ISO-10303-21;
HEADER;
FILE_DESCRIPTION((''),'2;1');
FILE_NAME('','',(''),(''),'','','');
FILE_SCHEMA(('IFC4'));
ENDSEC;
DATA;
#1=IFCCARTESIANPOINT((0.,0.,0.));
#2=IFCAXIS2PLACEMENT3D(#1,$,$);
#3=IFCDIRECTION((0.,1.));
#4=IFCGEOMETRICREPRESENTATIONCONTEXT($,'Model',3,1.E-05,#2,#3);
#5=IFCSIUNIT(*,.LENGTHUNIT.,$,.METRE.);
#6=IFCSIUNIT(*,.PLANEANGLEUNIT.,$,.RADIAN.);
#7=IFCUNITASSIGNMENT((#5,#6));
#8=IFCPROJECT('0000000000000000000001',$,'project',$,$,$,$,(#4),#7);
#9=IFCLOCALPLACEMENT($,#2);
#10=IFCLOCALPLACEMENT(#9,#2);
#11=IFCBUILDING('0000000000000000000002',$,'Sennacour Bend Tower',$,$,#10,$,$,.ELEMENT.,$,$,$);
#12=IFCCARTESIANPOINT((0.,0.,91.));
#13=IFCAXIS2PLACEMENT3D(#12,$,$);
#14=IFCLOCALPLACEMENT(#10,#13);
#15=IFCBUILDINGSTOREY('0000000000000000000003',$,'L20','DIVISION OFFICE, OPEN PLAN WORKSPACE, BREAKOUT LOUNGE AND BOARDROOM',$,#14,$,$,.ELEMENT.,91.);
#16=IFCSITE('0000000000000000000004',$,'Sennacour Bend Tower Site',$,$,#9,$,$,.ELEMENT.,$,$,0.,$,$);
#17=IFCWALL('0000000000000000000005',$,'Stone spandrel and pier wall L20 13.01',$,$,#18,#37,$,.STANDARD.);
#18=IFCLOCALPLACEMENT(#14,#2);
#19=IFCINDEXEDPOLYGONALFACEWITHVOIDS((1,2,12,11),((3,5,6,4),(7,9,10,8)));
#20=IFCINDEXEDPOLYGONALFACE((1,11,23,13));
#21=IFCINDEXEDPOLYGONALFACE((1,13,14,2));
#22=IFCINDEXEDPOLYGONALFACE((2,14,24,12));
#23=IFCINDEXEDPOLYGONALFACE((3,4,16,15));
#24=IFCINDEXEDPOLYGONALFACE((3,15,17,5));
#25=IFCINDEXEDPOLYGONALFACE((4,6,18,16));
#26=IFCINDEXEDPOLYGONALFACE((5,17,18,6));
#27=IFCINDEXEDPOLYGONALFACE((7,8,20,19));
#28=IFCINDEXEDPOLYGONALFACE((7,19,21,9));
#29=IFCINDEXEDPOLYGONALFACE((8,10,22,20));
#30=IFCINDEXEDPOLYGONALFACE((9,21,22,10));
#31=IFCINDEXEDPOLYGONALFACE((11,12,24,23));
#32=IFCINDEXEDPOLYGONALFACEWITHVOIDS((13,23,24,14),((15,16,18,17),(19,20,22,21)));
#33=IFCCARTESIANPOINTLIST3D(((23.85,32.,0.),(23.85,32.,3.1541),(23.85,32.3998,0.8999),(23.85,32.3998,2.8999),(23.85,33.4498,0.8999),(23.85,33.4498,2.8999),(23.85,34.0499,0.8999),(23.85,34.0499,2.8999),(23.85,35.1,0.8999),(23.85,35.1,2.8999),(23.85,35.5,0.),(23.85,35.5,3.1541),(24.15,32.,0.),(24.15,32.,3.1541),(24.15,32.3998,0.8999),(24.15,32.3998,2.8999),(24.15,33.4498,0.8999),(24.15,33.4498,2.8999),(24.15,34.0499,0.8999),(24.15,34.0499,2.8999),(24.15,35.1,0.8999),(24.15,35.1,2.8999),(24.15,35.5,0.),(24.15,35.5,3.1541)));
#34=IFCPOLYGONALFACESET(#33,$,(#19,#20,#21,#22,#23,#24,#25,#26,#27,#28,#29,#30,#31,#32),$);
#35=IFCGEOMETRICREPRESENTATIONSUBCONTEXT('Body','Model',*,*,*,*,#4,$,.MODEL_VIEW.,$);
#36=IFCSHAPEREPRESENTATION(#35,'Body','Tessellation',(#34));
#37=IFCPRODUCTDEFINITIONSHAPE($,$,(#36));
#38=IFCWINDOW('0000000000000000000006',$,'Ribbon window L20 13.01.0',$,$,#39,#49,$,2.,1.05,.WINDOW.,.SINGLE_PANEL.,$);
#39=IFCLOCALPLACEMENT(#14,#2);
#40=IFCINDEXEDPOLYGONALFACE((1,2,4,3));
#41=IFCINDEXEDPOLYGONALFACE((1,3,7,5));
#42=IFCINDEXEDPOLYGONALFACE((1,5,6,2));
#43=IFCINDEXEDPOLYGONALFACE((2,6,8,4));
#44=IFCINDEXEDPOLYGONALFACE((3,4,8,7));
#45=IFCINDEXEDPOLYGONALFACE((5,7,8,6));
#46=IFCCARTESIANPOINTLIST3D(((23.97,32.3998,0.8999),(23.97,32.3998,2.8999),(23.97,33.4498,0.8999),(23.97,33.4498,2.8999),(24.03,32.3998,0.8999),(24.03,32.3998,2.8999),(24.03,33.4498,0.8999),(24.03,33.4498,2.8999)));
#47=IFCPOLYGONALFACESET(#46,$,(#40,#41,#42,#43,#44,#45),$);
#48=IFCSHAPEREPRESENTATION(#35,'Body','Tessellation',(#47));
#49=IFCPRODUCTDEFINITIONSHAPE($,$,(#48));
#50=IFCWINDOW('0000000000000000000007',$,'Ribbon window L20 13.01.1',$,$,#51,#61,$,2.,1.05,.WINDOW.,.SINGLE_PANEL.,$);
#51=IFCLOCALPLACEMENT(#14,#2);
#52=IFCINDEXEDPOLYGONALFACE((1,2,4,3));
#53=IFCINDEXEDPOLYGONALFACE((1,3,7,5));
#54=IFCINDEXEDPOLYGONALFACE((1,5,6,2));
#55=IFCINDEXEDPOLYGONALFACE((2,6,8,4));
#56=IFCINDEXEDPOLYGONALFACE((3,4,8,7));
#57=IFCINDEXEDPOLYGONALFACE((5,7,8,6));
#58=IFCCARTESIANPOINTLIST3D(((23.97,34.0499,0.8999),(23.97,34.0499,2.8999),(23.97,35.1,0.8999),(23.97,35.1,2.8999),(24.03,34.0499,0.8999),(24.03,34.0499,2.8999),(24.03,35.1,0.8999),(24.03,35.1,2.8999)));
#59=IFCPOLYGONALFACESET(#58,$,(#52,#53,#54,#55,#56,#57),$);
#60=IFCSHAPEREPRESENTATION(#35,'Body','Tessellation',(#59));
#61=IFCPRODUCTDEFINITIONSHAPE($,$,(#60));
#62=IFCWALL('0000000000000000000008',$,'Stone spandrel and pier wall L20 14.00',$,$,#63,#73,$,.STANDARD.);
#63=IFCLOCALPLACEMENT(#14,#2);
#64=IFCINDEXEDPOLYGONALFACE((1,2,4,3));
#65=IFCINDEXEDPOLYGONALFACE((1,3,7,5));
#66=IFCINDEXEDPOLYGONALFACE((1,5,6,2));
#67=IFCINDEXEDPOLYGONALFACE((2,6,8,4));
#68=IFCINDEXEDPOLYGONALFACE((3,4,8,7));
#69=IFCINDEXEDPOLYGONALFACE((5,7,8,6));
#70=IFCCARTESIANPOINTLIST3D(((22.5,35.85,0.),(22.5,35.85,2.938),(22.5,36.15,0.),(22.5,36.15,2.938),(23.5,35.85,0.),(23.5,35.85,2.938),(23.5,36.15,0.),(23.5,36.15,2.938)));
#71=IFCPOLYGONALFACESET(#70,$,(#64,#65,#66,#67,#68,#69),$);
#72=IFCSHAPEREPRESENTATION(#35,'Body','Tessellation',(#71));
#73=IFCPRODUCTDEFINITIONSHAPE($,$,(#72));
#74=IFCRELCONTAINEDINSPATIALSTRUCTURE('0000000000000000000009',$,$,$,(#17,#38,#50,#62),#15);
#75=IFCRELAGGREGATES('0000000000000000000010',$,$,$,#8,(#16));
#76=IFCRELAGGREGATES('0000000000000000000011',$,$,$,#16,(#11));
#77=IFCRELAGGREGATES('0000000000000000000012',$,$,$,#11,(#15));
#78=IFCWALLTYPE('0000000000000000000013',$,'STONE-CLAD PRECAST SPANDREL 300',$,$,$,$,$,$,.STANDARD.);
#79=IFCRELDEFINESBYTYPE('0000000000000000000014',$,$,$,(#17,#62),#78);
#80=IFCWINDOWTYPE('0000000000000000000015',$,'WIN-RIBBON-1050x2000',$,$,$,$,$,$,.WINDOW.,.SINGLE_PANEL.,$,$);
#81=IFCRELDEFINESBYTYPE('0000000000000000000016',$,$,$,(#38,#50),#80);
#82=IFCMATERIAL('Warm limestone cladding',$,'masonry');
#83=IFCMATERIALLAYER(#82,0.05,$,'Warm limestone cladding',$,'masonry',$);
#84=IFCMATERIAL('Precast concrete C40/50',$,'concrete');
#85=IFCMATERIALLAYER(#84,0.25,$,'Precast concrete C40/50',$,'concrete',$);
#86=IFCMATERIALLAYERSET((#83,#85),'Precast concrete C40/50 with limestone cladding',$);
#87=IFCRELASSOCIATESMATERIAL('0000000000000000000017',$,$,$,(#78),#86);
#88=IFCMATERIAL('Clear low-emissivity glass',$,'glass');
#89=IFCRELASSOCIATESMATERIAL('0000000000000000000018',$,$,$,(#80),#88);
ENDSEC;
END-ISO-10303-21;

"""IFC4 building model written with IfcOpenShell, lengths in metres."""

from ifc_helpers import new_model, si_unit, direction, frame, frame_2d, origin, place, context, subcontext, project, spatial, rectangle, extrude, material, layer, layer_set, type_object, element, fill, save


model = new_model("IFC4")

# Units and contexts
model_context = context("Model", 3, precision=1e-05, world=origin(), true_north=direction((0.0, 1.0)))
body_context = subcontext(model_context, "Body", "Model", "MODEL_VIEW")
ifc_project = project(units=[si_unit("LENGTHUNIT", "METRE"), si_unit("PLANEANGLEUNIT", "RADIAN")], contexts=[model_context])

# Site, building, storey
site_placement = place(None, origin())
site = spatial("IfcSite", under=ifc_project, at=site_placement, Name="Sennacour Bend Tower Site", CompositionType="ELEMENT", RefElevation=0.0)
building_placement = place(site_placement, origin())
building = spatial("IfcBuilding", under=site, at=building_placement, Name="Sennacour Bend Tower", CompositionType="ELEMENT")
storey_placement = place(building_placement, frame((0.0, 0.0, 91.0)))
storey = spatial("IfcBuildingStorey", under=building, at=storey_placement, Name="L20", Description="DIVISION OFFICE, OPEN PLAN WORKSPACE, BREAKOUT LOUNGE AND BOARDROOM", CompositionType="ELEMENT", Elevation=91.0)

# Shared definitions
ifc_material_1 = material(Name="Warm limestone cladding", Category="masonry")
ifc_layer_1 = layer(ifc_material_1, 0.05, Name="Warm limestone cladding", Category="masonry")
ifc_material_2 = material(Name="Precast concrete C40/50", Category="concrete")
ifc_layer_2 = layer(ifc_material_2, 0.25, Name="Precast concrete C40/50", Category="concrete")
ifc_layer_set_1 = layer_set([ifc_layer_1, ifc_layer_2], Name="Precast concrete C40/50 with limestone cladding")
wall_type_1 = type_object("IfcWallType", Name="STONE-CLAD PRECAST SPANDREL 300", PredefinedType="STANDARD", material=ifc_layer_set_1)

# Wall, openings, windows
ifc_material_3 = material(Name="Clear low-emissivity glass", Category="glass")
window_type_1 = type_object("IfcWindowType", Name="WIN-RIBBON-1050x2000", PartitioningType="SINGLE_PANEL", PredefinedType="WINDOW", material=ifc_material_3)
wall_1_placement = place(storey_placement, frame((24.0, 32.0, 0.0), z_axis=(0.0, 0.0, 1.0), x_axis=(0.0, 1.0, 0.0)))
wall_1 = element("IfcWall", 1, at=wall_1_placement, inside=storey, type_object=wall_type_1, Name="Stone spandrel and pier wall L20 13.01", PredefinedType="STANDARD", context=body_context, shape_type="SweptSolid", body=[
    extrude(rectangle(XDim=3.5, YDim=0.3, at=frame_2d((1.75, 0.0))), origin(), (0.0, 0.0, 1.0), 3.1541),
])
opening_1_placement = place(wall_1_placement, frame((0.3999, 0.0, 0.8999)))
opening_1 = element("IfcOpeningElement", 2, at=opening_1_placement, cuts=wall_1, PredefinedType="OPENING", context=body_context, shape_type="SweptSolid", body=[
    extrude(rectangle(XDim=1.05, YDim=2.0, at=frame_2d((0.5249, 1.0))), frame((0.0, 0.1602, 0.0), z_axis=(0.0, -1.0, 0.0), x_axis=(1.0, 0.0, 0.0)), (0.0, 0.0, 1.0), 0.3201),
])
opening_2_placement = place(wall_1_placement, frame((2.05, 0.0, 0.8999)))
opening_2 = element("IfcOpeningElement", 3, at=opening_2_placement, cuts=wall_1, PredefinedType="OPENING", context=body_context, shape_type="SweptSolid", body=[
    extrude(rectangle(XDim=1.05, YDim=2.0, at=frame_2d((0.5249, 1.0))), frame((0.0, 0.1602, 0.0), z_axis=(0.0, -1.0, 0.0), x_axis=(1.0, 0.0, 0.0)), (0.0, 0.0, 1.0), 0.3201),
])
window_1_placement = place(opening_1_placement, origin())
window_1 = element("IfcWindow", 4, at=window_1_placement, inside=storey, type_object=window_type_1, Name="Ribbon window L20 13.01.0", OverallHeight=2.0, OverallWidth=1.05, PartitioningType="SINGLE_PANEL", PredefinedType="WINDOW", context=body_context, shape_type="SweptSolid", body=[
    extrude(rectangle(XDim=1.05, YDim=2.0, at=frame_2d((0.5249, 1.0))), frame((0.0, 0.03, 0.0), z_axis=(0.0, -1.0, 0.0), x_axis=(1.0, 0.0, 0.0)), (0.0, 0.0, 1.0), 0.0601),
])
fill(opening_1, window_1)
window_2_placement = place(opening_2_placement, origin())
window_2 = element("IfcWindow", 5, at=window_2_placement, inside=storey, type_object=window_type_1, Name="Ribbon window L20 13.01.1", OverallHeight=2.0, OverallWidth=1.05, PartitioningType="SINGLE_PANEL", PredefinedType="WINDOW", context=body_context, shape_type="SweptSolid", body=[
    extrude(rectangle(XDim=1.05, YDim=2.0, at=frame_2d((0.5249, 1.0))), frame((0.0, 0.03, 0.0), z_axis=(0.0, -1.0, 0.0), x_axis=(1.0, 0.0, 0.0)), (0.0, 0.0, 1.0), 0.0601),
])
fill(opening_2, window_2)

# Wall
wall_2_placement = place(storey_placement, frame((23.5, 36.0, 0.0), z_axis=(0.0, 0.0, 1.0), x_axis=(-1.0, 0.0, 0.0)))
element("IfcWall", 6, at=wall_2_placement, inside=storey, type_object=wall_type_1, Name="Stone spandrel and pier wall L20 14.00", PredefinedType="STANDARD", context=body_context, shape_type="SweptSolid", body=[
    extrude(rectangle(XDim=1.0, YDim=0.3, at=frame_2d((0.5, 0.0))), origin(), (0.0, 0.0, 1.0), 2.938),
])

save(model, "model.ifc")
